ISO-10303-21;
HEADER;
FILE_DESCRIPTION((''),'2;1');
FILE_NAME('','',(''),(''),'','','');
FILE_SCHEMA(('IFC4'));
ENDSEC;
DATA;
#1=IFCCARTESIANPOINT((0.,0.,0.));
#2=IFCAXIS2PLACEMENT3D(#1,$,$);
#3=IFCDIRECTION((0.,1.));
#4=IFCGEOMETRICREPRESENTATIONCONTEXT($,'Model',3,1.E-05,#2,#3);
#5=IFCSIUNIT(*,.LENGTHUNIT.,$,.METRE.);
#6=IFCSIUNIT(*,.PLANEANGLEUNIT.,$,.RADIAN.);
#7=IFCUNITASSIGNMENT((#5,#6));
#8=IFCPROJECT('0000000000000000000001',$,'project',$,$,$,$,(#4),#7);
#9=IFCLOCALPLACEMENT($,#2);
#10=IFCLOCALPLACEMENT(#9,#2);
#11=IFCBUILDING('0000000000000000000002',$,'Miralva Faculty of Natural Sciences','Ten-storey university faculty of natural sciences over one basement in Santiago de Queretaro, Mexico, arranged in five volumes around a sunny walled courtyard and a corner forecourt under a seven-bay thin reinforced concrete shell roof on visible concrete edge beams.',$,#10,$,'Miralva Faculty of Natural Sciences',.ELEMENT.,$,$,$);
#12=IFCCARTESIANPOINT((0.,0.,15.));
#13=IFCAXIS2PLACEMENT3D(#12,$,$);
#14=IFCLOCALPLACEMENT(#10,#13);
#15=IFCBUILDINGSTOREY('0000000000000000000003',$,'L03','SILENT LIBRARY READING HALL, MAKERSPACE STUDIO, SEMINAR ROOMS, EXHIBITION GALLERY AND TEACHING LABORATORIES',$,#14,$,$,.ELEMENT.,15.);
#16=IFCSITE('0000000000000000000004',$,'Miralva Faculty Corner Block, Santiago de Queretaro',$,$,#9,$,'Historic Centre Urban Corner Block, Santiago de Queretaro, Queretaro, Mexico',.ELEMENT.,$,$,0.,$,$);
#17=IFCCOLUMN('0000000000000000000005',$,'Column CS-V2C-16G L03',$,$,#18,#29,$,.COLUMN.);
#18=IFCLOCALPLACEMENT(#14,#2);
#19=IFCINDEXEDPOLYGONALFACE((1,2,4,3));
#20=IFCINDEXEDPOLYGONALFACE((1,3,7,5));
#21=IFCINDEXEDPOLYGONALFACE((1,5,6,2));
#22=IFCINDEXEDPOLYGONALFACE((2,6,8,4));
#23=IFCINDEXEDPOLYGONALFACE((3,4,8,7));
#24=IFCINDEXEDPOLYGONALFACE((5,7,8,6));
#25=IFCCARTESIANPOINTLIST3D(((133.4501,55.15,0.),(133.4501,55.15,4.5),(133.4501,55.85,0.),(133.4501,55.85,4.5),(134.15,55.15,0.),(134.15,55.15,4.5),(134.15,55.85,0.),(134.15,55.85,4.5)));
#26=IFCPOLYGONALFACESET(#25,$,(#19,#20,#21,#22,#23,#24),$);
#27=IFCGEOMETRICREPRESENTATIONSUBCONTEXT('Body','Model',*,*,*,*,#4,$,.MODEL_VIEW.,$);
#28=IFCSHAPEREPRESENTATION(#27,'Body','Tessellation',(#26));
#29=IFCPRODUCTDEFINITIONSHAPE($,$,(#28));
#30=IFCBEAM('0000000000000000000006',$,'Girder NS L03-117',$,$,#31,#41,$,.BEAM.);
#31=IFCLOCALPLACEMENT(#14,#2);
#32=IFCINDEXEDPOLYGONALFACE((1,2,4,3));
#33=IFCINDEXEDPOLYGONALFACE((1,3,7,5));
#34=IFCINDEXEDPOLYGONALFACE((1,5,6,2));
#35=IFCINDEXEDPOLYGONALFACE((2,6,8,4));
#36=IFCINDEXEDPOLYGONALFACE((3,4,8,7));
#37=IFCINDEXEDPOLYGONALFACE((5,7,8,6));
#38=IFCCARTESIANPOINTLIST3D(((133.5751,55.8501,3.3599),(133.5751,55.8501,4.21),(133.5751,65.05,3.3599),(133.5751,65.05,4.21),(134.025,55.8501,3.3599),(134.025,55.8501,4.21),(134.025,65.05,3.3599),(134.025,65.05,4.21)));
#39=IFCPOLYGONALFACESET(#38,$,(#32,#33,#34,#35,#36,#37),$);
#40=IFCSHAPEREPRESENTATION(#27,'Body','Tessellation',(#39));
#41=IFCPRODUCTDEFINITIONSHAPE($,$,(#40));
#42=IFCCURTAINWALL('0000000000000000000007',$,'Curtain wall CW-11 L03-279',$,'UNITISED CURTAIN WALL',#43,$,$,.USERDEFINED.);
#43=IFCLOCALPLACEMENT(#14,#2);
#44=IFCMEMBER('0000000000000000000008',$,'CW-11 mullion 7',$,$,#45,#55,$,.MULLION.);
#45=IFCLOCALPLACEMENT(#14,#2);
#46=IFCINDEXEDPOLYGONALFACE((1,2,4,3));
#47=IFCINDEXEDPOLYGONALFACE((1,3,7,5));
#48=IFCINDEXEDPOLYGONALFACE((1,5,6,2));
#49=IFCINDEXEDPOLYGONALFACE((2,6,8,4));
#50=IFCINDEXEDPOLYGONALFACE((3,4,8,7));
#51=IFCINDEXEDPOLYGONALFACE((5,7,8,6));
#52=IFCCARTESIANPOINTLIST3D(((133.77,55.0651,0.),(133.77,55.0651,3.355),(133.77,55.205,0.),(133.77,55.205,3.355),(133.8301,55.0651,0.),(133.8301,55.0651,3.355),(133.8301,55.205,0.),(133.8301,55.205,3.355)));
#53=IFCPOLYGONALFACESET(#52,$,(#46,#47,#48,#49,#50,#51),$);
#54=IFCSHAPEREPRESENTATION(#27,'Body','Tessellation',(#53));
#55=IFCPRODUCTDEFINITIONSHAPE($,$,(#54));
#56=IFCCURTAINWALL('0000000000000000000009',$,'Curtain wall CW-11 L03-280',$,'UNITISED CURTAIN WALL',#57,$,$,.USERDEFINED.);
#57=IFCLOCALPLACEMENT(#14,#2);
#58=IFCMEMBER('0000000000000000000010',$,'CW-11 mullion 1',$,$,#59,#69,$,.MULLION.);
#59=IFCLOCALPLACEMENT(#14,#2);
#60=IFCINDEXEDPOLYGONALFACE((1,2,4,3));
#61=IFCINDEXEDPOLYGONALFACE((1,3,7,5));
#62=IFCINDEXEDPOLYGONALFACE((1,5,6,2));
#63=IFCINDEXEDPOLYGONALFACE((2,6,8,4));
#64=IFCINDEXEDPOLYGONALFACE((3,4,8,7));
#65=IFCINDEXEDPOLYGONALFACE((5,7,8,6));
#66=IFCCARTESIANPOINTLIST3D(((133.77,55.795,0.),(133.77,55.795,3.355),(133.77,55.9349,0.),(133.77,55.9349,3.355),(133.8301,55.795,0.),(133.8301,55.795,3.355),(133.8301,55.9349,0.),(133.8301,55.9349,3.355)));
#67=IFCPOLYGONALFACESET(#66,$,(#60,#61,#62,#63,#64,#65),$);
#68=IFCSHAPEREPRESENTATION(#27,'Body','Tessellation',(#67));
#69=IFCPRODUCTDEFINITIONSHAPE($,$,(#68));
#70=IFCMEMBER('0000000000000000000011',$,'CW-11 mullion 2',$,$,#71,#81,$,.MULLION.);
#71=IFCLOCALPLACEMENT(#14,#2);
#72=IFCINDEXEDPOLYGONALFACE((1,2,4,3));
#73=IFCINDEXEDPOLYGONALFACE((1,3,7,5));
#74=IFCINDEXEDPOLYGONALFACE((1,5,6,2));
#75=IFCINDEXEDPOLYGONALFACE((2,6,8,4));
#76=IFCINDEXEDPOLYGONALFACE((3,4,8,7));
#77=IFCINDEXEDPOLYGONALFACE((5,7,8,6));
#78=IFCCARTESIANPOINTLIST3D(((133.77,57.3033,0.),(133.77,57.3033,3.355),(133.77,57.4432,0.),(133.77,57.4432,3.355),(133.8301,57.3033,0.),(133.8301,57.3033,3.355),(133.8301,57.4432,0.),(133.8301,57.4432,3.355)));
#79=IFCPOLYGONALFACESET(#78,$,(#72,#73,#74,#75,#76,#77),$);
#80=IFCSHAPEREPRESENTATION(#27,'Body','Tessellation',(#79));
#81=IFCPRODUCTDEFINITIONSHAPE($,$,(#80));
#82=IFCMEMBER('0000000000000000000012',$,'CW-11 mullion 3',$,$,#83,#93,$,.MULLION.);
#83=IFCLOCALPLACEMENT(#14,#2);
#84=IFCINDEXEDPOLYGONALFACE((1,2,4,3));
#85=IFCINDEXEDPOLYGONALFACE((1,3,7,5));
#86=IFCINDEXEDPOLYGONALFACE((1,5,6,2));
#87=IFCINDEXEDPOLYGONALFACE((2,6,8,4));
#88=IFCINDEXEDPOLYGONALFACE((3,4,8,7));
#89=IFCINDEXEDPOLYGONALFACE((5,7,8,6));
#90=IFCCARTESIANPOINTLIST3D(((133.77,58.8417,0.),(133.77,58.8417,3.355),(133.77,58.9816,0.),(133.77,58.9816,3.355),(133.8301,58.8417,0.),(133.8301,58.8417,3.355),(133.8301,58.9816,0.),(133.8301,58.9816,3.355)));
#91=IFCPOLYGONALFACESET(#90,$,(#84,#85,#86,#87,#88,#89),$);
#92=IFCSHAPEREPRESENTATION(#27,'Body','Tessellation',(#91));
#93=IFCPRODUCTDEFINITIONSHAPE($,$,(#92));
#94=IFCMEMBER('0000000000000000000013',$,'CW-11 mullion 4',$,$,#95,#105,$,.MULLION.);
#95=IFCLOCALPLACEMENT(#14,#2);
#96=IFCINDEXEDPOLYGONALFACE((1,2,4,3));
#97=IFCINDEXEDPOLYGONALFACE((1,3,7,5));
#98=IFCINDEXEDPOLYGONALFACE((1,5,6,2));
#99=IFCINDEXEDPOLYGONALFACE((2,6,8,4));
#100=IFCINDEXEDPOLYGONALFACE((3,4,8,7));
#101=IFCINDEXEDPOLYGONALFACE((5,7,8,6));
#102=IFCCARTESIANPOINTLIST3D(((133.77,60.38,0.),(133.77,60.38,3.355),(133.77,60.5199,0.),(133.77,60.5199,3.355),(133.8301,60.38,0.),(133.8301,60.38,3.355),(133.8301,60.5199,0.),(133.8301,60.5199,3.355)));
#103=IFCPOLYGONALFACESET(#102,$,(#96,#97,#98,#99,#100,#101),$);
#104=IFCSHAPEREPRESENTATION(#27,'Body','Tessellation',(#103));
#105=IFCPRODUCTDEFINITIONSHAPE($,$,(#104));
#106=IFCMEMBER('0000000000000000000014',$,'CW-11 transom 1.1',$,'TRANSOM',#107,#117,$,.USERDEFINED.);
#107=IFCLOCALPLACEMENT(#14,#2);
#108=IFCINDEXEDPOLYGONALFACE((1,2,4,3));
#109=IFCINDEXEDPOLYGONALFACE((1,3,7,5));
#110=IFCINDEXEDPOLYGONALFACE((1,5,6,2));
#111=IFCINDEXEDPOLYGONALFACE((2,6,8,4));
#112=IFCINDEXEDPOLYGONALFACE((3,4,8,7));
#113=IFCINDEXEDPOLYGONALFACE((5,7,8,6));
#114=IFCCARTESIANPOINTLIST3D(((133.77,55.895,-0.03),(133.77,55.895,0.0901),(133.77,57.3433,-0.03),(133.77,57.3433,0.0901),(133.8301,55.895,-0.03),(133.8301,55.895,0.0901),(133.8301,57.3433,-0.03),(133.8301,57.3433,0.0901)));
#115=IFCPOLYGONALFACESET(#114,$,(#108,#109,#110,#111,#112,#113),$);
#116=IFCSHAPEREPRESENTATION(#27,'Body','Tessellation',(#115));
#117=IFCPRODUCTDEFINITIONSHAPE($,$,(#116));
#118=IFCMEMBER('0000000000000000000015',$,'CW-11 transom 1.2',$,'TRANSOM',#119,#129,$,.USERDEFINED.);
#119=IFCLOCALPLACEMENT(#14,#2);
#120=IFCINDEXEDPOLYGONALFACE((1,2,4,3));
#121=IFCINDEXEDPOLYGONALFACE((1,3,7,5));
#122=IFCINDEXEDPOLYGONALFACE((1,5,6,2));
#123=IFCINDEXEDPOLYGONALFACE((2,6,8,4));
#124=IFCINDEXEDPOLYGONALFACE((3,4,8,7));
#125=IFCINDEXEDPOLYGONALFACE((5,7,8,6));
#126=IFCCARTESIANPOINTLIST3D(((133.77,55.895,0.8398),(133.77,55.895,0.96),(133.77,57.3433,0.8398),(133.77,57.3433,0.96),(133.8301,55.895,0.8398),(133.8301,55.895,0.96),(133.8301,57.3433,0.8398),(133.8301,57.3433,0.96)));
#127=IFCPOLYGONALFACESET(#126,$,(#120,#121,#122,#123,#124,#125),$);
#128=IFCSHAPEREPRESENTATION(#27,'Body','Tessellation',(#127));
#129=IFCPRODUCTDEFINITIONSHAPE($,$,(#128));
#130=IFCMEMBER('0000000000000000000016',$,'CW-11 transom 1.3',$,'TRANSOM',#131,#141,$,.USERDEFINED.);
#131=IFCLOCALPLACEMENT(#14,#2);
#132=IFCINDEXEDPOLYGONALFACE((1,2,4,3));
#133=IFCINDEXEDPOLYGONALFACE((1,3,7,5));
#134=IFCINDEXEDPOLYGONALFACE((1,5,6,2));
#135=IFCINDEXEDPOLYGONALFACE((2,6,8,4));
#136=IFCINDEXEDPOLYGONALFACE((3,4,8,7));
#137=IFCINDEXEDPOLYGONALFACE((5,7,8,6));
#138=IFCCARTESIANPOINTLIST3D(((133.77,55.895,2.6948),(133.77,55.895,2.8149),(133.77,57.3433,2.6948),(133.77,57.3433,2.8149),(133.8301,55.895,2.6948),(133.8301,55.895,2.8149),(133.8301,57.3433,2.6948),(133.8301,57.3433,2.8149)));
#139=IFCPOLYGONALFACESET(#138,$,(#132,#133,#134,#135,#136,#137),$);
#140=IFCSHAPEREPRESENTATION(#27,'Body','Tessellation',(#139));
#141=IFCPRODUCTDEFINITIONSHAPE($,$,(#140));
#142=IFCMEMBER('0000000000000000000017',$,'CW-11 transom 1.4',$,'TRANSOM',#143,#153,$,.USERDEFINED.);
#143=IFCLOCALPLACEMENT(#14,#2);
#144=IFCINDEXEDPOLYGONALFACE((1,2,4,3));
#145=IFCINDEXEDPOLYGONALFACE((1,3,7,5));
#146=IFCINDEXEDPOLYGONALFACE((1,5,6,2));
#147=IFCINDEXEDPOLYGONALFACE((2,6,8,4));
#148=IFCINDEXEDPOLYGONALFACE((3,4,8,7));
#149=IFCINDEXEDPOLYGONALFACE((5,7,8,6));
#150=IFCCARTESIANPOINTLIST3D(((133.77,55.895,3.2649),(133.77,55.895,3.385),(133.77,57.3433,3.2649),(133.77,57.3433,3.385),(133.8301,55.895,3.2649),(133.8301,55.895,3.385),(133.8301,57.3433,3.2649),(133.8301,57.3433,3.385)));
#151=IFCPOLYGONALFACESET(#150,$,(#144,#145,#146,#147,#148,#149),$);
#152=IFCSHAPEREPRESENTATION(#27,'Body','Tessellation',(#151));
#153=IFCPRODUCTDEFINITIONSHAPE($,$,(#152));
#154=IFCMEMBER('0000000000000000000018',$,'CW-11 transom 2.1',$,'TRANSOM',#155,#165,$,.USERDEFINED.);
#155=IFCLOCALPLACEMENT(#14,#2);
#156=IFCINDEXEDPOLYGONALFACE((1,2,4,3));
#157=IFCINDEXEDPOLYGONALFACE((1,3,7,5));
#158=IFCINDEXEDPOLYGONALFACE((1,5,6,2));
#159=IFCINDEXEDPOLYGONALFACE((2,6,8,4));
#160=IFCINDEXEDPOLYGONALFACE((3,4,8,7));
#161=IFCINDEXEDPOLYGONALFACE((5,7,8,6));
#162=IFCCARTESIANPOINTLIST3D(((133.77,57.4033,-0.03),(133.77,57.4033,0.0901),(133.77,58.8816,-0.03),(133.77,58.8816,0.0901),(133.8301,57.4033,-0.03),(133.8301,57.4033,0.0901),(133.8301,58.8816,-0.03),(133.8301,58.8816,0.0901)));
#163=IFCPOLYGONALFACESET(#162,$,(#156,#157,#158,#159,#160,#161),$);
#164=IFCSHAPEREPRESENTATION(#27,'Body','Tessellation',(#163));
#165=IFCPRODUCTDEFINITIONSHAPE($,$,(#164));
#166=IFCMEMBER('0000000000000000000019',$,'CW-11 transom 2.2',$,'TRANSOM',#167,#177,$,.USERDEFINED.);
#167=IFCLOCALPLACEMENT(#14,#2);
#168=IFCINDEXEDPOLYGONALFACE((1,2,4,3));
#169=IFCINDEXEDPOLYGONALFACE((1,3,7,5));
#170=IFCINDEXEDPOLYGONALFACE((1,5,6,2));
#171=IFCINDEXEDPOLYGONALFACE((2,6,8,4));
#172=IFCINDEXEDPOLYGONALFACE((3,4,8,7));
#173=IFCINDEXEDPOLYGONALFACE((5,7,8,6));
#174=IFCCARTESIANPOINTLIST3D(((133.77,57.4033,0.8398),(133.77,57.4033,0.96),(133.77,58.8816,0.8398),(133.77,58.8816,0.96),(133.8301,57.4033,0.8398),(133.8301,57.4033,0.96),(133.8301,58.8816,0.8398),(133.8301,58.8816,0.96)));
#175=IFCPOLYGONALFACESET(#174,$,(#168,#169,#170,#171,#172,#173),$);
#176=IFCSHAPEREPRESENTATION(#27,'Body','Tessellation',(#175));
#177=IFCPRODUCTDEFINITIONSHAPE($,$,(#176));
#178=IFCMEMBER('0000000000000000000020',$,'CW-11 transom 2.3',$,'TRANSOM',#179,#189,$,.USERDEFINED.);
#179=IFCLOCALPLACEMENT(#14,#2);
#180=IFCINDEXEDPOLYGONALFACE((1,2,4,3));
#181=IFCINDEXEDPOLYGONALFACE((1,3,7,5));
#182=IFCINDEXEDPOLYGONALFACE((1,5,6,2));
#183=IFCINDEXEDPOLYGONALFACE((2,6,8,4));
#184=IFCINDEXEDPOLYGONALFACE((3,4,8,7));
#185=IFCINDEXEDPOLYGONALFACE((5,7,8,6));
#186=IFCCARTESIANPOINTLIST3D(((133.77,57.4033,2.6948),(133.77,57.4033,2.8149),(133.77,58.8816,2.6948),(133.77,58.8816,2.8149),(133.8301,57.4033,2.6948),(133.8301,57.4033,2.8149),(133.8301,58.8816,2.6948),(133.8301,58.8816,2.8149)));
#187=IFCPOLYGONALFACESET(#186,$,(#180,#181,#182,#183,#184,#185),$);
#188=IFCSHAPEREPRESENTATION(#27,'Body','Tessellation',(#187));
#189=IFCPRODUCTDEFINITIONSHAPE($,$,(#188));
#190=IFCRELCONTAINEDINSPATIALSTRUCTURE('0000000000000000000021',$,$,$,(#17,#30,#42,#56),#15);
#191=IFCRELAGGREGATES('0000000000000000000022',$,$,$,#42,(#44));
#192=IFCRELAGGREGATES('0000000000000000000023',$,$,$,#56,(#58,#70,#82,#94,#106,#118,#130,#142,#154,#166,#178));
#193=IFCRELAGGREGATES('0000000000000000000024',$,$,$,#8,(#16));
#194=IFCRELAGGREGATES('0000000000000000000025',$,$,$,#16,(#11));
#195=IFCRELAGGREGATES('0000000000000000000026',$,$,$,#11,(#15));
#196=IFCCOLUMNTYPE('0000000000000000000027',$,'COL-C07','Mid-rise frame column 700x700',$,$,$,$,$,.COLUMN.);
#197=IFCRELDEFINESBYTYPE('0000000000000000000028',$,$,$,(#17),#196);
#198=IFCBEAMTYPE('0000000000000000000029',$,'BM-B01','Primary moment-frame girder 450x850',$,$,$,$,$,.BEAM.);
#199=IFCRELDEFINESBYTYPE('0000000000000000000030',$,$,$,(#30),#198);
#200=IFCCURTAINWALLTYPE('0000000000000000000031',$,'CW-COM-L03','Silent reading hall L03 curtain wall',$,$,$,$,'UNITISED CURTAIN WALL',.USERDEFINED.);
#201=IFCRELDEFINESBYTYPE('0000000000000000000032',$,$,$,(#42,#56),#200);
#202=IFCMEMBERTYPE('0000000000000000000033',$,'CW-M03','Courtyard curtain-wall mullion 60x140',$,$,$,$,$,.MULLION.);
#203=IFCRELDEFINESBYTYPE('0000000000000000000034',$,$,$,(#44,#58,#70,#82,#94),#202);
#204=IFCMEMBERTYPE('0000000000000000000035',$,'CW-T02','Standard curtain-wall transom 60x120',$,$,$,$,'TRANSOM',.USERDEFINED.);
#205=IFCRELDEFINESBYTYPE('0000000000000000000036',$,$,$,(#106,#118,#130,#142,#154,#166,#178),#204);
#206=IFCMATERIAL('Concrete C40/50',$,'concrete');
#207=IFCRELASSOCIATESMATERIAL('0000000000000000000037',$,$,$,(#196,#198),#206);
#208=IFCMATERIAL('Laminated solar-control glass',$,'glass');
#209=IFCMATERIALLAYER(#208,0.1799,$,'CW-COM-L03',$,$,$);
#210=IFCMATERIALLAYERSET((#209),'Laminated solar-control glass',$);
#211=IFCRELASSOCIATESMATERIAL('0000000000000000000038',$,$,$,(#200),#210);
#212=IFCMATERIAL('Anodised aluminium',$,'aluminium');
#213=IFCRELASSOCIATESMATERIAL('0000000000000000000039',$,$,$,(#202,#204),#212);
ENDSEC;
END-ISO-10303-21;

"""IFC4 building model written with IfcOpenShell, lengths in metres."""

from ifc_helpers import new_model, si_unit, direction, frame, origin, origin_2d, place, context, subcontext, project, spatial, rectangle, extrude, material, layer, layer_set, material_profile, profile_set, type_object, element, aggregate, save


model = new_model("IFC4")

# Units and contexts
model_context = context("Model", 3, precision=1e-05, world=origin(), true_north=direction((0.0, 1.0)))
body_context = subcontext(model_context, "Body", "Model", "MODEL_VIEW")
ifc_project = project(units=[si_unit("LENGTHUNIT", "METRE"), si_unit("PLANEANGLEUNIT", "RADIAN")], contexts=[model_context])

# Site, building, storey
site_placement = place(None, origin())
site = spatial("IfcSite", under=ifc_project, at=site_placement, Name="Miralva Faculty Corner Block, Santiago de Queretaro", LongName="Historic Centre Urban Corner Block, Santiago de Queretaro, Queretaro, Mexico", CompositionType="ELEMENT", RefElevation=0.0)
building_placement = place(site_placement, origin())
building = spatial("IfcBuilding", under=site, at=building_placement, Name="Miralva Faculty of Natural Sciences", Description="Ten-storey university faculty of natural sciences over one basement in Santiago de Queretaro, Mexico, arranged in five volumes around a sunny walled courtyard and a corner forecourt under a seven-bay thin reinforced concrete shell roof on visible concrete edge beams.", LongName="Miralva Faculty of Natural Sciences", CompositionType="ELEMENT")
storey_placement = place(building_placement, frame((0.0, 0.0, 15.0)))
storey = spatial("IfcBuildingStorey", under=building, at=storey_placement, Name="L03", Description="SILENT LIBRARY READING HALL, MAKERSPACE STUDIO, SEMINAR ROOMS, EXHIBITION GALLERY AND TEACHING LABORATORIES", CompositionType="ELEMENT", Elevation=15.0)

# Column
ifc_material_1 = material(Name="Concrete C40/50", Category="concrete")
ifc_material_profile_1 = material_profile(ifc_material_1, rectangle(XDim=0.7, YDim=0.7, at=origin_2d()), Name="RC 700x700")
ifc_profile_set_1 = profile_set([ifc_material_profile_1], Name="Concrete C40/50")
column_type = type_object("IfcColumnType", Name="COL-C07", Description="Mid-rise frame column 700x700", PredefinedType="COLUMN", material=ifc_profile_set_1)
column_placement = place(storey_placement, frame((133.8, 55.5, 0.0), z_axis=(0.0, 0.0, 1.0), x_axis=(1.0, 0.0, 0.0)))
element("IfcColumn", 1, at=column_placement, inside=storey, type_object=column_type, Name="Column CS-V2C-16G L03", PredefinedType="COLUMN", context=body_context, shape_type="SweptSolid", body=[
    extrude(rectangle(XDim=0.7, YDim=0.7, at=origin_2d()), origin(), (0.0, 0.0, 1.0), 4.5),
])

# Beam
ifc_material_profile_2 = material_profile(ifc_material_1, rectangle(XDim=0.45, YDim=0.8501, at=origin_2d()), Name="RC 450x850")
ifc_profile_set_2 = profile_set([ifc_material_profile_2], Name="Concrete C40/50")
beam_type = type_object("IfcBeamType", Name="BM-B01", Description="Primary moment-frame girder 450x850", PredefinedType="BEAM", material=ifc_profile_set_2)
beam_placement = place(storey_placement, frame((133.8, 55.8501, 3.7849), z_axis=(0.0, 1.0, 0.0), x_axis=(-1.0, 0.0, 0.0)))
element("IfcBeam", 2, at=beam_placement, inside=storey, type_object=beam_type, Name="Girder NS L03-117", PredefinedType="BEAM", context=body_context, shape_type="SweptSolid", body=[
    extrude(rectangle(XDim=0.45, YDim=0.8501, at=origin_2d()), origin(), (0.0, 0.0, 1.0), 9.2),
])

# Curtain wall, member
ifc_material_2 = material(Name="Laminated solar-control glass", Category="glass")
ifc_layer_1 = layer(ifc_material_2, 0.1799, Name="CW-COM-L03")
ifc_layer_set_1 = layer_set([ifc_layer_1], Name="Laminated solar-control glass")
curtain_wall_type = type_object("IfcCurtainWallType", Name="CW-COM-L03", Description="Silent reading hall L03 curtain wall", ElementType="UNITISED CURTAIN WALL", PredefinedType="USERDEFINED", material=ifc_layer_set_1)
curtain_wall_1_placement = place(storey_placement, origin())
curtain_wall_1 = element("IfcCurtainWall", 3, at=curtain_wall_1_placement, inside=storey, type_object=curtain_wall_type, Name="Curtain wall CW-11 L03-279", ObjectType="UNITISED CURTAIN WALL", PredefinedType="USERDEFINED")
ifc_material_3 = material(Name="Anodised aluminium", Category="aluminium")
ifc_material_profile_3 = material_profile(ifc_material_3, rectangle(XDim=0.0601, YDim=0.1399, at=origin_2d()), Name="MULLION 60x140")
ifc_profile_set_3 = profile_set([ifc_material_profile_3], Name="Anodised aluminium")
member_type_1 = type_object("IfcMemberType", Name="CW-M03", Description="Courtyard curtain-wall mullion 60x140", PredefinedType="MULLION", material=ifc_profile_set_3)
member_1_placement = place(storey_placement, frame((133.8, 55.135, 0.0), z_axis=(0.0, 0.0, 1.0), x_axis=(-1.0, 0.0, 0.0)))
member_1 = element("IfcMember", 4, at=member_1_placement, type_object=member_type_1, Name="CW-11 mullion 7", PredefinedType="MULLION", context=body_context, shape_type="SweptSolid", body=[
    extrude(rectangle(XDim=0.0601, YDim=0.1399, at=origin_2d()), origin(), (0.0, 0.0, 1.0), 3.355),
])

# Curtain wall, members
curtain_wall_2_placement = place(storey_placement, origin())
curtain_wall_2 = element("IfcCurtainWall", 5, at=curtain_wall_2_placement, inside=storey, type_object=curtain_wall_type, Name="Curtain wall CW-11 L03-280", ObjectType="UNITISED CURTAIN WALL", PredefinedType="USERDEFINED")
member_2_placement = place(storey_placement, frame((133.8, 55.865, 0.0), z_axis=(0.0, 0.0, 1.0), x_axis=(-1.0, 0.0, 0.0)))
member_2 = element("IfcMember", 6, at=member_2_placement, type_object=member_type_1, Name="CW-11 mullion 1", PredefinedType="MULLION", context=body_context, shape_type="SweptSolid", body=[
    extrude(rectangle(XDim=0.0601, YDim=0.1399, at=origin_2d()), origin(), (0.0, 0.0, 1.0), 3.355),
])
member_3_placement = place(storey_placement, frame((133.8, 57.3733, 0.0), z_axis=(0.0, 0.0, 1.0), x_axis=(-1.0, 0.0, 0.0)))
member_3 = element("IfcMember", 7, at=member_3_placement, type_object=member_type_1, Name="CW-11 mullion 2", PredefinedType="MULLION", context=body_context, shape_type="SweptSolid", body=[
    extrude(rectangle(XDim=0.0601, YDim=0.1399, at=origin_2d()), origin(), (0.0, 0.0, 1.0), 3.355),
])
member_4_placement = place(storey_placement, frame((133.8, 58.9116, 0.0), z_axis=(0.0, 0.0, 1.0), x_axis=(-1.0, 0.0, 0.0)))
member_4 = element("IfcMember", 8, at=member_4_placement, type_object=member_type_1, Name="CW-11 mullion 3", PredefinedType="MULLION", context=body_context, shape_type="SweptSolid", body=[
    extrude(rectangle(XDim=0.0601, YDim=0.1399, at=origin_2d()), origin(), (0.0, 0.0, 1.0), 3.355),
])
member_5_placement = place(storey_placement, frame((133.8, 60.45, 0.0), z_axis=(0.0, 0.0, 1.0), x_axis=(-1.0, 0.0, 0.0)))
member_5 = element("IfcMember", 9, at=member_5_placement, type_object=member_type_1, Name="CW-11 mullion 4", PredefinedType="MULLION", context=body_context, shape_type="SweptSolid", body=[
    extrude(rectangle(XDim=0.0601, YDim=0.1399, at=origin_2d()), origin(), (0.0, 0.0, 1.0), 3.355),
])
ifc_material_profile_4 = material_profile(ifc_material_3, rectangle(XDim=0.0601, YDim=0.1201, at=origin_2d()), Name="TRANSOM 60x120")
ifc_profile_set_4 = profile_set([ifc_material_profile_4], Name="Anodised aluminium")
member_type_2 = type_object("IfcMemberType", Name="CW-T02", Description="Standard curtain-wall transom 60x120", ElementType="TRANSOM", PredefinedType="USERDEFINED", material=ifc_profile_set_4)
member_6_placement = place(storey_placement, frame((133.8, 55.895, 0.03), z_axis=(0.0, 1.0, 0.0), x_axis=(-1.0, 0.0, 0.0)))
member_6 = element("IfcMember", 10, at=member_6_placement, type_object=member_type_2, Name="CW-11 transom 1.1", ObjectType="TRANSOM", PredefinedType="USERDEFINED", context=body_context, shape_type="SweptSolid", body=[
    extrude(rectangle(XDim=0.0601, YDim=0.1201, at=origin_2d()), origin(), (0.0, 0.0, 1.0), 1.4482),
])
member_7_placement = place(storey_placement, frame((133.8, 55.895, 0.8999), z_axis=(0.0, 1.0, 0.0), x_axis=(-1.0, 0.0, 0.0)))
member_7 = element("IfcMember", 11, at=member_7_placement, type_object=member_type_2, Name="CW-11 transom 1.2", ObjectType="TRANSOM", PredefinedType="USERDEFINED", context=body_context, shape_type="SweptSolid", body=[
    extrude(rectangle(XDim=0.0601, YDim=0.1201, at=origin_2d()), origin(), (0.0, 0.0, 1.0), 1.4482),
])
member_8_placement = place(storey_placement, frame((133.8, 55.895, 2.7549), z_axis=(0.0, 1.0, 0.0), x_axis=(-1.0, 0.0, 0.0)))
member_8 = element("IfcMember", 12, at=member_8_placement, type_object=member_type_2, Name="CW-11 transom 1.3", ObjectType="TRANSOM", PredefinedType="USERDEFINED", context=body_context, shape_type="SweptSolid", body=[
    extrude(rectangle(XDim=0.0601, YDim=0.1201, at=origin_2d()), origin(), (0.0, 0.0, 1.0), 1.4482),
])
member_9_placement = place(storey_placement, frame((133.8, 55.895, 3.325), z_axis=(0.0, 1.0, 0.0), x_axis=(-1.0, 0.0, 0.0)))
member_9 = element("IfcMember", 13, at=member_9_placement, type_object=member_type_2, Name="CW-11 transom 1.4", ObjectType="TRANSOM", PredefinedType="USERDEFINED", context=body_context, shape_type="SweptSolid", body=[
    extrude(rectangle(XDim=0.0601, YDim=0.1201, at=origin_2d()), origin(), (0.0, 0.0, 1.0), 1.4482),
])
member_10_placement = place(storey_placement, frame((133.8, 57.4033, 0.03), z_axis=(0.0, 1.0, 0.0), x_axis=(-1.0, 0.0, 0.0)))
member_10 = element("IfcMember", 14, at=member_10_placement, type_object=member_type_2, Name="CW-11 transom 2.1", ObjectType="TRANSOM", PredefinedType="USERDEFINED", context=body_context, shape_type="SweptSolid", body=[
    extrude(rectangle(XDim=0.0601, YDim=0.1201, at=origin_2d()), origin(), (0.0, 0.0, 1.0), 1.4783),
])
member_11_placement = place(storey_placement, frame((133.8, 57.4033, 0.8999), z_axis=(0.0, 1.0, 0.0), x_axis=(-1.0, 0.0, 0.0)))
member_11 = element("IfcMember", 15, at=member_11_placement, type_object=member_type_2, Name="CW-11 transom 2.2", ObjectType="TRANSOM", PredefinedType="USERDEFINED", context=body_context, shape_type="SweptSolid", body=[
    extrude(rectangle(XDim=0.0601, YDim=0.1201, at=origin_2d()), origin(), (0.0, 0.0, 1.0), 1.4783),
])
member_12_placement = place(storey_placement, frame((133.8, 57.4033, 2.7549), z_axis=(0.0, 1.0, 0.0), x_axis=(-1.0, 0.0, 0.0)))
member_12 = element("IfcMember", 16, at=member_12_placement, type_object=member_type_2, Name="CW-11 transom 2.3", ObjectType="TRANSOM", PredefinedType="USERDEFINED", context=body_context, shape_type="SweptSolid", body=[
    extrude(rectangle(XDim=0.0601, YDim=0.1201, at=origin_2d()), origin(), (0.0, 0.0, 1.0), 1.4783),
])

aggregate(curtain_wall_1, [member_1])
aggregate(curtain_wall_2, [member_2, member_3, member_4, member_5, member_6, member_7, member_8, member_9, member_10, member_11, member_12])

save(model, "model.ifc")
